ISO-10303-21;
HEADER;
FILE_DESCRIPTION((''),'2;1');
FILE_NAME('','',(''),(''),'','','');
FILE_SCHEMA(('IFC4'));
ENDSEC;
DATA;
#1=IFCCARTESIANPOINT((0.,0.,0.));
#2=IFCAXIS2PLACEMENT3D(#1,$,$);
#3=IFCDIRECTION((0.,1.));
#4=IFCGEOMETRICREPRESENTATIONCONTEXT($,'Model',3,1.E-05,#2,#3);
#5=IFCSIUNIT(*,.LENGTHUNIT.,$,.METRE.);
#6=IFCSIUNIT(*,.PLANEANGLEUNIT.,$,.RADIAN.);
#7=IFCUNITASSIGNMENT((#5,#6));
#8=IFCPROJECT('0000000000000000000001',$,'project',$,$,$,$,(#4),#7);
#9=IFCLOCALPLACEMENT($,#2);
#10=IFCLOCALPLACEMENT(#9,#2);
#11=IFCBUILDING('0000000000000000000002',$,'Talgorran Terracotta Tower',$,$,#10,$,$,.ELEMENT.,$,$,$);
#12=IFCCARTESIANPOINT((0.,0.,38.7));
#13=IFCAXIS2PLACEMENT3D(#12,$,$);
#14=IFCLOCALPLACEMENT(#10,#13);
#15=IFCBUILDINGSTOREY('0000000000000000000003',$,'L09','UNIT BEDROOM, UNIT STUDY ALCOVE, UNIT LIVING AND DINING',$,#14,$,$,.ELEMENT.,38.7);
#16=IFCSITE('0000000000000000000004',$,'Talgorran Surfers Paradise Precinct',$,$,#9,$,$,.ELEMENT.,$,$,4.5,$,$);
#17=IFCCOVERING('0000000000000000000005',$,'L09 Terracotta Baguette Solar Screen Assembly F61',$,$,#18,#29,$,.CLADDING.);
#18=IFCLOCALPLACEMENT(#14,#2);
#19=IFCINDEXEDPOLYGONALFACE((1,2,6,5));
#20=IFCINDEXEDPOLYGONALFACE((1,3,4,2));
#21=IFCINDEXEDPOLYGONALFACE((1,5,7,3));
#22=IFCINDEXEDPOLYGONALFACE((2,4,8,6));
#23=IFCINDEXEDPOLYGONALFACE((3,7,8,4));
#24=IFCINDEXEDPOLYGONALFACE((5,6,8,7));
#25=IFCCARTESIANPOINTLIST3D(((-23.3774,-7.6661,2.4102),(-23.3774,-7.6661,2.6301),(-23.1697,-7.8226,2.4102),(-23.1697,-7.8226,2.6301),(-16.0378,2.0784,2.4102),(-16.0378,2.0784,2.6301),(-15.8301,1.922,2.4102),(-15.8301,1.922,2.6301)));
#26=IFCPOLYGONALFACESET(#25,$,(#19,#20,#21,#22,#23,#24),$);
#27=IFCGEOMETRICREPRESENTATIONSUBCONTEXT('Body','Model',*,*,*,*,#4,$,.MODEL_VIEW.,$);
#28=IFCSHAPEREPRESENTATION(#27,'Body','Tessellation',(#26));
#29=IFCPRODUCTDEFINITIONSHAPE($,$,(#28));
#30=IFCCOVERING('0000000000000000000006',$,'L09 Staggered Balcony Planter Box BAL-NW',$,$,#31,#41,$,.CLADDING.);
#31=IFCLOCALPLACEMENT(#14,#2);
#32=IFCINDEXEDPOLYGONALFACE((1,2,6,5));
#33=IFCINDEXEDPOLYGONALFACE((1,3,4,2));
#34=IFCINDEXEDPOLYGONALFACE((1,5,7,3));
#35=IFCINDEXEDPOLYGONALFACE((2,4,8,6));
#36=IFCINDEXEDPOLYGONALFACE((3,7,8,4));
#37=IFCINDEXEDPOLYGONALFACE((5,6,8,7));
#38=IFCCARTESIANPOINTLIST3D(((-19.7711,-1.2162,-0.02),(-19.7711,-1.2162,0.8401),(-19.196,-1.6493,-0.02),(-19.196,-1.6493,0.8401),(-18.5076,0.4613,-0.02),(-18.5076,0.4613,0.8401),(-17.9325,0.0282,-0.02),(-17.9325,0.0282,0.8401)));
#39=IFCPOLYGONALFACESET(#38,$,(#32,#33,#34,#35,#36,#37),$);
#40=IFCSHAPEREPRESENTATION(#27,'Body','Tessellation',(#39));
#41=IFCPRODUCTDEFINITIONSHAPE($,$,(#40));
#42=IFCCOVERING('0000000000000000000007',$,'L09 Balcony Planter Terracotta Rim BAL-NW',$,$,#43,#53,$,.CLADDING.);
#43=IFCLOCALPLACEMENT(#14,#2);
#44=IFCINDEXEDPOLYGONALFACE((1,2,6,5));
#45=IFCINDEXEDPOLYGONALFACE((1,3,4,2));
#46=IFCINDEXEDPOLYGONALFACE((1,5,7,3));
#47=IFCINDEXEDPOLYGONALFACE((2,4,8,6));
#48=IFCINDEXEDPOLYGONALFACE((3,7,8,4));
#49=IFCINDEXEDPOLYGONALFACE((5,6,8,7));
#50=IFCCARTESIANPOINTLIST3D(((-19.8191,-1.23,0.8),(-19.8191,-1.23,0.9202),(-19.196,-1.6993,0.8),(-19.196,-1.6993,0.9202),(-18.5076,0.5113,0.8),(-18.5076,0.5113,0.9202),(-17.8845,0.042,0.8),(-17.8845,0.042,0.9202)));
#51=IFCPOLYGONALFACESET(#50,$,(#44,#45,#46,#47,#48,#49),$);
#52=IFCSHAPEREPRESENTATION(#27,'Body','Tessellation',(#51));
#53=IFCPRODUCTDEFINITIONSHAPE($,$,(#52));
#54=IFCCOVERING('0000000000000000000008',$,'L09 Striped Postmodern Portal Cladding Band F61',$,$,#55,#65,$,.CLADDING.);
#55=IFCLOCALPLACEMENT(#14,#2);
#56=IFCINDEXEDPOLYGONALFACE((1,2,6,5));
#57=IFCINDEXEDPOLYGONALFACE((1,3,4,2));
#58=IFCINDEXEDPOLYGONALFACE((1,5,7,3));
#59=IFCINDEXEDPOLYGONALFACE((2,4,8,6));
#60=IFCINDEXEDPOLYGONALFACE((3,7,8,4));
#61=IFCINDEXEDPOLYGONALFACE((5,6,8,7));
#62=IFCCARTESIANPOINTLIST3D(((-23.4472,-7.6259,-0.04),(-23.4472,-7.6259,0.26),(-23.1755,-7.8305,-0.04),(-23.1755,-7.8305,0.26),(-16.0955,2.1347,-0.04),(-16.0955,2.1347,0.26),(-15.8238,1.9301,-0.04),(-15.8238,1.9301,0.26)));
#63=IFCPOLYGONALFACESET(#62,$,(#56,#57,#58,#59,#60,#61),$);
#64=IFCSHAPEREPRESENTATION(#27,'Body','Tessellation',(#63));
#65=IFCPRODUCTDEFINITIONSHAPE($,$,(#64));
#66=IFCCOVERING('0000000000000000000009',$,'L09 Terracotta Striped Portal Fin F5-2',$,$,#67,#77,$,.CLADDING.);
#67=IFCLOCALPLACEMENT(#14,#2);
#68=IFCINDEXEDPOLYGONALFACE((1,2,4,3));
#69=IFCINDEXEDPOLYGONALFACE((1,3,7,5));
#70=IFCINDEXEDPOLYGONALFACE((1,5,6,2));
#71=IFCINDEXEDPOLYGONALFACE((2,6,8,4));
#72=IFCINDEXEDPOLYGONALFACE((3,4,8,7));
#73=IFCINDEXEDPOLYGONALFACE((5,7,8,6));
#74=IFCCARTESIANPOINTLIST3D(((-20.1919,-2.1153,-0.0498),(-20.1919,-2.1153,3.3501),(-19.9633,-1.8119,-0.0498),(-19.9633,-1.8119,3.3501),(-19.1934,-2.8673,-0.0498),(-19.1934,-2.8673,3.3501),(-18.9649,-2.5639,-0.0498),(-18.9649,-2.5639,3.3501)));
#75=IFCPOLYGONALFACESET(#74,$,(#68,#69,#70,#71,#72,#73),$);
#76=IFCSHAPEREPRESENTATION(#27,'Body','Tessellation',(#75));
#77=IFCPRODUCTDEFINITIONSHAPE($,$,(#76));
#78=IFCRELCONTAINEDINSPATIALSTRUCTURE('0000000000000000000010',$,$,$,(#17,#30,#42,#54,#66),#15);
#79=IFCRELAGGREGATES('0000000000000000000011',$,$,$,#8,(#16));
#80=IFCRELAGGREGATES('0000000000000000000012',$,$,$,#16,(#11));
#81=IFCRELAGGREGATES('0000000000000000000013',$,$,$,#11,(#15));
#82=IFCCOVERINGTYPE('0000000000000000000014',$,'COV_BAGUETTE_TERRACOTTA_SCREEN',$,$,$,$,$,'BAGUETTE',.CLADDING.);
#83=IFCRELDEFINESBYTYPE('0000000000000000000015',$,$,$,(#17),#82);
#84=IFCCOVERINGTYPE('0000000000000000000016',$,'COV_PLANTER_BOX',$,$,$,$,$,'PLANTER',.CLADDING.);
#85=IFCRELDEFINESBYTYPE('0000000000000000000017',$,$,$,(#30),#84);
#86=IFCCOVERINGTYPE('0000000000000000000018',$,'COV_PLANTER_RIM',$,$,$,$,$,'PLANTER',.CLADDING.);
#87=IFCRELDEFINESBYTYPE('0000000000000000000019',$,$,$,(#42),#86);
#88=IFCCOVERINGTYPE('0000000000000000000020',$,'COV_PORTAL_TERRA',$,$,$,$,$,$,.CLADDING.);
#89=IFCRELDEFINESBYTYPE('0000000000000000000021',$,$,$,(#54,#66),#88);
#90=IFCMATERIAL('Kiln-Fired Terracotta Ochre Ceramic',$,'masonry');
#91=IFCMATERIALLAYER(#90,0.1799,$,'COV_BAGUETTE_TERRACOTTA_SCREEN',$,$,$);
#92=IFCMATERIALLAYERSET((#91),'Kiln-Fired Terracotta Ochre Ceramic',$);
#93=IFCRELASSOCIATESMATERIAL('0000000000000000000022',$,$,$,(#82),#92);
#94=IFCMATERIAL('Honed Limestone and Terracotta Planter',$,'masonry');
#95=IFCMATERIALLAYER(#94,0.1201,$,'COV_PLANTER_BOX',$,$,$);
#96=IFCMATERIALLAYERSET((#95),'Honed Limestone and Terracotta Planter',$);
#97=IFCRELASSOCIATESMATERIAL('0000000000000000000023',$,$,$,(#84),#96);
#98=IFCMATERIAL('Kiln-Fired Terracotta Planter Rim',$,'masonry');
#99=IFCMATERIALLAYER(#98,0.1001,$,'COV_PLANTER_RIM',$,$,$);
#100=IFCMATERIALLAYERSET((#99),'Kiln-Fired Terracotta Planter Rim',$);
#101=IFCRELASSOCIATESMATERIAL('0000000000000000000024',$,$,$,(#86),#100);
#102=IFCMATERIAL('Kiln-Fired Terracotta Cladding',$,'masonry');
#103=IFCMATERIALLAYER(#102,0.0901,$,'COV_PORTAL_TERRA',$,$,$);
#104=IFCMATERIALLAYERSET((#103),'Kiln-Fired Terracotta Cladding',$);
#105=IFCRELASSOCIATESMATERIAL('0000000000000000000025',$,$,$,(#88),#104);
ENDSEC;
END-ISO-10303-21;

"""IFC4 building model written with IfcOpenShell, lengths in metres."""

from ifc_helpers import new_model, si_unit, direction, frame, origin, origin_2d, place, context, subcontext, project, spatial, rectangle, extrude, material, layer, layer_set, type_object, element, save


model = new_model("IFC4")

# Units and contexts
model_context = context("Model", 3, precision=1e-05, world=origin(), true_north=direction((0.0, 1.0)))
body_context = subcontext(model_context, "Body", "Model", "MODEL_VIEW")
ifc_project = project(units=[si_unit("LENGTHUNIT", "METRE"), si_unit("PLANEANGLEUNIT", "RADIAN")], contexts=[model_context])

# Site, building, storey
site_placement = place(None, origin())
site = spatial("IfcSite", under=ifc_project, at=site_placement, Name="Talgorran Surfers Paradise Precinct", CompositionType="ELEMENT", RefElevation=4.5)
building_placement = place(site_placement, origin())
building = spatial("IfcBuilding", under=site, at=building_placement, Name="Talgorran Terracotta Tower", CompositionType="ELEMENT")
storey_placement = place(building_placement, frame((0.0, 0.0, 38.7)))
storey = spatial("IfcBuildingStorey", under=building, at=storey_placement, Name="L09", Description="UNIT BEDROOM, UNIT STUDY ALCOVE, UNIT LIVING AND DINING", CompositionType="ELEMENT", Elevation=38.7)

# Coverings
ifc_material_1 = material(Name="Kiln-Fired Terracotta Ochre Ceramic", Category="masonry")
ifc_layer_1 = layer(ifc_material_1, 0.1799, Name="COV_BAGUETTE_TERRACOTTA_SCREEN")
ifc_layer_set_1 = layer_set([ifc_layer_1], Name="Kiln-Fired Terracotta Ochre Ceramic")
covering_type_1 = type_object("IfcCoveringType", Name="COV_BAGUETTE_TERRACOTTA_SCREEN", ElementType="BAGUETTE", PredefinedType="CLADDING", material=ifc_layer_set_1)
covering_1_placement = place(storey_placement, frame((-19.6038, -2.8721, 2.4102), z_axis=(0.0, 0.0, 1.0), x_axis=(-0.601634, -0.798772, 0.0)))
element("IfcCovering", 1, at=covering_1_placement, inside=storey, type_object=covering_type_1, Name="L09 Terracotta Baguette Solar Screen Assembly F61", PredefinedType="CLADDING", context=body_context, shape_type="SweptSolid", body=[
    extrude(rectangle(XDim=12.1995, YDim=0.26, at=origin_2d()), origin(), (0.0, 0.0, 1.0), 0.22),
])
ifc_material_2 = material(Name="Honed Limestone and Terracotta Planter", Category="masonry")
ifc_layer_2 = layer(ifc_material_2, 0.1201, Name="COV_PLANTER_BOX")
ifc_layer_set_2 = layer_set([ifc_layer_2], Name="Honed Limestone and Terracotta Planter")
covering_type_2 = type_object("IfcCoveringType", Name="COV_PLANTER_BOX", ElementType="PLANTER", PredefinedType="CLADDING", material=ifc_layer_set_2)
covering_2_placement = place(storey_placement, frame((-18.8518, -0.594, -0.02), z_axis=(0.0, 0.0, 1.0), x_axis=(-0.601634, -0.798772, 0.0)))
element("IfcCovering", 2, at=covering_2_placement, inside=storey, type_object=covering_type_2, Name="L09 Staggered Balcony Planter Box BAL-NW", PredefinedType="CLADDING", context=body_context, shape_type="SweptSolid", body=[
    extrude(rectangle(XDim=2.1001, YDim=0.72, at=origin_2d()), origin(), (0.0, 0.0, 1.0), 0.8601),
])
ifc_material_3 = material(Name="Kiln-Fired Terracotta Planter Rim", Category="masonry")
ifc_layer_3 = layer(ifc_material_3, 0.1001, Name="COV_PLANTER_RIM")
ifc_layer_set_3 = layer_set([ifc_layer_3], Name="Kiln-Fired Terracotta Planter Rim")
covering_type_3 = type_object("IfcCoveringType", Name="COV_PLANTER_RIM", ElementType="PLANTER", PredefinedType="CLADDING", material=ifc_layer_set_3)
covering_3_placement = place(storey_placement, frame((-18.8518, -0.594, 0.8), z_axis=(0.0, 0.0, 1.0), x_axis=(-0.601634, -0.798772, 0.0)))
element("IfcCovering", 3, at=covering_3_placement, inside=storey, type_object=covering_type_3, Name="L09 Balcony Planter Terracotta Rim BAL-NW", PredefinedType="CLADDING", context=body_context, shape_type="SweptSolid", body=[
    extrude(rectangle(XDim=2.1799, YDim=0.78, at=origin_2d()), origin(), (0.0, 0.0, 1.0), 0.1201),
])
ifc_material_4 = material(Name="Kiln-Fired Terracotta Cladding", Category="masonry")
ifc_layer_4 = layer(ifc_material_4, 0.0901, Name="COV_PORTAL_TERRA")
ifc_layer_set_4 = layer_set([ifc_layer_4], Name="Kiln-Fired Terracotta Cladding")
covering_type_4 = type_object("IfcCoveringType", Name="COV_PORTAL_TERRA", PredefinedType="CLADDING", material=ifc_layer_set_4)
covering_4_placement = place(storey_placement, frame((-19.6355, -2.8479, -0.04), z_axis=(0.0, 0.0, 1.0), x_axis=(-0.601634, -0.798772, 0.0)))
element("IfcCovering", 4, at=covering_4_placement, inside=storey, type_object=covering_type_4, Name="L09 Striped Postmodern Portal Cladding Band F61", PredefinedType="CLADDING", context=body_context, shape_type="SweptSolid", body=[
    extrude(rectangle(XDim=12.2195, YDim=0.3401, at=origin_2d()), origin(), (0.0, 0.0, 1.0), 0.3),
])
covering_5_placement = place(storey_placement, frame((-19.5784, -2.3396, -0.0498), z_axis=(0.0, 0.0, 1.0), x_axis=(-0.601634, -0.798772, 0.0)))
element("IfcCovering", 5, at=covering_5_placement, inside=storey, type_object=covering_type_4, Name="L09 Terracotta Striped Portal Fin F5-2", PredefinedType="CLADDING", context=body_context, shape_type="SweptSolid", body=[
    extrude(rectangle(XDim=0.3799, YDim=1.25, at=origin_2d()), origin(), (0.0, 0.0, 1.0), 3.3999),
])

save(model, "model.ifc")
